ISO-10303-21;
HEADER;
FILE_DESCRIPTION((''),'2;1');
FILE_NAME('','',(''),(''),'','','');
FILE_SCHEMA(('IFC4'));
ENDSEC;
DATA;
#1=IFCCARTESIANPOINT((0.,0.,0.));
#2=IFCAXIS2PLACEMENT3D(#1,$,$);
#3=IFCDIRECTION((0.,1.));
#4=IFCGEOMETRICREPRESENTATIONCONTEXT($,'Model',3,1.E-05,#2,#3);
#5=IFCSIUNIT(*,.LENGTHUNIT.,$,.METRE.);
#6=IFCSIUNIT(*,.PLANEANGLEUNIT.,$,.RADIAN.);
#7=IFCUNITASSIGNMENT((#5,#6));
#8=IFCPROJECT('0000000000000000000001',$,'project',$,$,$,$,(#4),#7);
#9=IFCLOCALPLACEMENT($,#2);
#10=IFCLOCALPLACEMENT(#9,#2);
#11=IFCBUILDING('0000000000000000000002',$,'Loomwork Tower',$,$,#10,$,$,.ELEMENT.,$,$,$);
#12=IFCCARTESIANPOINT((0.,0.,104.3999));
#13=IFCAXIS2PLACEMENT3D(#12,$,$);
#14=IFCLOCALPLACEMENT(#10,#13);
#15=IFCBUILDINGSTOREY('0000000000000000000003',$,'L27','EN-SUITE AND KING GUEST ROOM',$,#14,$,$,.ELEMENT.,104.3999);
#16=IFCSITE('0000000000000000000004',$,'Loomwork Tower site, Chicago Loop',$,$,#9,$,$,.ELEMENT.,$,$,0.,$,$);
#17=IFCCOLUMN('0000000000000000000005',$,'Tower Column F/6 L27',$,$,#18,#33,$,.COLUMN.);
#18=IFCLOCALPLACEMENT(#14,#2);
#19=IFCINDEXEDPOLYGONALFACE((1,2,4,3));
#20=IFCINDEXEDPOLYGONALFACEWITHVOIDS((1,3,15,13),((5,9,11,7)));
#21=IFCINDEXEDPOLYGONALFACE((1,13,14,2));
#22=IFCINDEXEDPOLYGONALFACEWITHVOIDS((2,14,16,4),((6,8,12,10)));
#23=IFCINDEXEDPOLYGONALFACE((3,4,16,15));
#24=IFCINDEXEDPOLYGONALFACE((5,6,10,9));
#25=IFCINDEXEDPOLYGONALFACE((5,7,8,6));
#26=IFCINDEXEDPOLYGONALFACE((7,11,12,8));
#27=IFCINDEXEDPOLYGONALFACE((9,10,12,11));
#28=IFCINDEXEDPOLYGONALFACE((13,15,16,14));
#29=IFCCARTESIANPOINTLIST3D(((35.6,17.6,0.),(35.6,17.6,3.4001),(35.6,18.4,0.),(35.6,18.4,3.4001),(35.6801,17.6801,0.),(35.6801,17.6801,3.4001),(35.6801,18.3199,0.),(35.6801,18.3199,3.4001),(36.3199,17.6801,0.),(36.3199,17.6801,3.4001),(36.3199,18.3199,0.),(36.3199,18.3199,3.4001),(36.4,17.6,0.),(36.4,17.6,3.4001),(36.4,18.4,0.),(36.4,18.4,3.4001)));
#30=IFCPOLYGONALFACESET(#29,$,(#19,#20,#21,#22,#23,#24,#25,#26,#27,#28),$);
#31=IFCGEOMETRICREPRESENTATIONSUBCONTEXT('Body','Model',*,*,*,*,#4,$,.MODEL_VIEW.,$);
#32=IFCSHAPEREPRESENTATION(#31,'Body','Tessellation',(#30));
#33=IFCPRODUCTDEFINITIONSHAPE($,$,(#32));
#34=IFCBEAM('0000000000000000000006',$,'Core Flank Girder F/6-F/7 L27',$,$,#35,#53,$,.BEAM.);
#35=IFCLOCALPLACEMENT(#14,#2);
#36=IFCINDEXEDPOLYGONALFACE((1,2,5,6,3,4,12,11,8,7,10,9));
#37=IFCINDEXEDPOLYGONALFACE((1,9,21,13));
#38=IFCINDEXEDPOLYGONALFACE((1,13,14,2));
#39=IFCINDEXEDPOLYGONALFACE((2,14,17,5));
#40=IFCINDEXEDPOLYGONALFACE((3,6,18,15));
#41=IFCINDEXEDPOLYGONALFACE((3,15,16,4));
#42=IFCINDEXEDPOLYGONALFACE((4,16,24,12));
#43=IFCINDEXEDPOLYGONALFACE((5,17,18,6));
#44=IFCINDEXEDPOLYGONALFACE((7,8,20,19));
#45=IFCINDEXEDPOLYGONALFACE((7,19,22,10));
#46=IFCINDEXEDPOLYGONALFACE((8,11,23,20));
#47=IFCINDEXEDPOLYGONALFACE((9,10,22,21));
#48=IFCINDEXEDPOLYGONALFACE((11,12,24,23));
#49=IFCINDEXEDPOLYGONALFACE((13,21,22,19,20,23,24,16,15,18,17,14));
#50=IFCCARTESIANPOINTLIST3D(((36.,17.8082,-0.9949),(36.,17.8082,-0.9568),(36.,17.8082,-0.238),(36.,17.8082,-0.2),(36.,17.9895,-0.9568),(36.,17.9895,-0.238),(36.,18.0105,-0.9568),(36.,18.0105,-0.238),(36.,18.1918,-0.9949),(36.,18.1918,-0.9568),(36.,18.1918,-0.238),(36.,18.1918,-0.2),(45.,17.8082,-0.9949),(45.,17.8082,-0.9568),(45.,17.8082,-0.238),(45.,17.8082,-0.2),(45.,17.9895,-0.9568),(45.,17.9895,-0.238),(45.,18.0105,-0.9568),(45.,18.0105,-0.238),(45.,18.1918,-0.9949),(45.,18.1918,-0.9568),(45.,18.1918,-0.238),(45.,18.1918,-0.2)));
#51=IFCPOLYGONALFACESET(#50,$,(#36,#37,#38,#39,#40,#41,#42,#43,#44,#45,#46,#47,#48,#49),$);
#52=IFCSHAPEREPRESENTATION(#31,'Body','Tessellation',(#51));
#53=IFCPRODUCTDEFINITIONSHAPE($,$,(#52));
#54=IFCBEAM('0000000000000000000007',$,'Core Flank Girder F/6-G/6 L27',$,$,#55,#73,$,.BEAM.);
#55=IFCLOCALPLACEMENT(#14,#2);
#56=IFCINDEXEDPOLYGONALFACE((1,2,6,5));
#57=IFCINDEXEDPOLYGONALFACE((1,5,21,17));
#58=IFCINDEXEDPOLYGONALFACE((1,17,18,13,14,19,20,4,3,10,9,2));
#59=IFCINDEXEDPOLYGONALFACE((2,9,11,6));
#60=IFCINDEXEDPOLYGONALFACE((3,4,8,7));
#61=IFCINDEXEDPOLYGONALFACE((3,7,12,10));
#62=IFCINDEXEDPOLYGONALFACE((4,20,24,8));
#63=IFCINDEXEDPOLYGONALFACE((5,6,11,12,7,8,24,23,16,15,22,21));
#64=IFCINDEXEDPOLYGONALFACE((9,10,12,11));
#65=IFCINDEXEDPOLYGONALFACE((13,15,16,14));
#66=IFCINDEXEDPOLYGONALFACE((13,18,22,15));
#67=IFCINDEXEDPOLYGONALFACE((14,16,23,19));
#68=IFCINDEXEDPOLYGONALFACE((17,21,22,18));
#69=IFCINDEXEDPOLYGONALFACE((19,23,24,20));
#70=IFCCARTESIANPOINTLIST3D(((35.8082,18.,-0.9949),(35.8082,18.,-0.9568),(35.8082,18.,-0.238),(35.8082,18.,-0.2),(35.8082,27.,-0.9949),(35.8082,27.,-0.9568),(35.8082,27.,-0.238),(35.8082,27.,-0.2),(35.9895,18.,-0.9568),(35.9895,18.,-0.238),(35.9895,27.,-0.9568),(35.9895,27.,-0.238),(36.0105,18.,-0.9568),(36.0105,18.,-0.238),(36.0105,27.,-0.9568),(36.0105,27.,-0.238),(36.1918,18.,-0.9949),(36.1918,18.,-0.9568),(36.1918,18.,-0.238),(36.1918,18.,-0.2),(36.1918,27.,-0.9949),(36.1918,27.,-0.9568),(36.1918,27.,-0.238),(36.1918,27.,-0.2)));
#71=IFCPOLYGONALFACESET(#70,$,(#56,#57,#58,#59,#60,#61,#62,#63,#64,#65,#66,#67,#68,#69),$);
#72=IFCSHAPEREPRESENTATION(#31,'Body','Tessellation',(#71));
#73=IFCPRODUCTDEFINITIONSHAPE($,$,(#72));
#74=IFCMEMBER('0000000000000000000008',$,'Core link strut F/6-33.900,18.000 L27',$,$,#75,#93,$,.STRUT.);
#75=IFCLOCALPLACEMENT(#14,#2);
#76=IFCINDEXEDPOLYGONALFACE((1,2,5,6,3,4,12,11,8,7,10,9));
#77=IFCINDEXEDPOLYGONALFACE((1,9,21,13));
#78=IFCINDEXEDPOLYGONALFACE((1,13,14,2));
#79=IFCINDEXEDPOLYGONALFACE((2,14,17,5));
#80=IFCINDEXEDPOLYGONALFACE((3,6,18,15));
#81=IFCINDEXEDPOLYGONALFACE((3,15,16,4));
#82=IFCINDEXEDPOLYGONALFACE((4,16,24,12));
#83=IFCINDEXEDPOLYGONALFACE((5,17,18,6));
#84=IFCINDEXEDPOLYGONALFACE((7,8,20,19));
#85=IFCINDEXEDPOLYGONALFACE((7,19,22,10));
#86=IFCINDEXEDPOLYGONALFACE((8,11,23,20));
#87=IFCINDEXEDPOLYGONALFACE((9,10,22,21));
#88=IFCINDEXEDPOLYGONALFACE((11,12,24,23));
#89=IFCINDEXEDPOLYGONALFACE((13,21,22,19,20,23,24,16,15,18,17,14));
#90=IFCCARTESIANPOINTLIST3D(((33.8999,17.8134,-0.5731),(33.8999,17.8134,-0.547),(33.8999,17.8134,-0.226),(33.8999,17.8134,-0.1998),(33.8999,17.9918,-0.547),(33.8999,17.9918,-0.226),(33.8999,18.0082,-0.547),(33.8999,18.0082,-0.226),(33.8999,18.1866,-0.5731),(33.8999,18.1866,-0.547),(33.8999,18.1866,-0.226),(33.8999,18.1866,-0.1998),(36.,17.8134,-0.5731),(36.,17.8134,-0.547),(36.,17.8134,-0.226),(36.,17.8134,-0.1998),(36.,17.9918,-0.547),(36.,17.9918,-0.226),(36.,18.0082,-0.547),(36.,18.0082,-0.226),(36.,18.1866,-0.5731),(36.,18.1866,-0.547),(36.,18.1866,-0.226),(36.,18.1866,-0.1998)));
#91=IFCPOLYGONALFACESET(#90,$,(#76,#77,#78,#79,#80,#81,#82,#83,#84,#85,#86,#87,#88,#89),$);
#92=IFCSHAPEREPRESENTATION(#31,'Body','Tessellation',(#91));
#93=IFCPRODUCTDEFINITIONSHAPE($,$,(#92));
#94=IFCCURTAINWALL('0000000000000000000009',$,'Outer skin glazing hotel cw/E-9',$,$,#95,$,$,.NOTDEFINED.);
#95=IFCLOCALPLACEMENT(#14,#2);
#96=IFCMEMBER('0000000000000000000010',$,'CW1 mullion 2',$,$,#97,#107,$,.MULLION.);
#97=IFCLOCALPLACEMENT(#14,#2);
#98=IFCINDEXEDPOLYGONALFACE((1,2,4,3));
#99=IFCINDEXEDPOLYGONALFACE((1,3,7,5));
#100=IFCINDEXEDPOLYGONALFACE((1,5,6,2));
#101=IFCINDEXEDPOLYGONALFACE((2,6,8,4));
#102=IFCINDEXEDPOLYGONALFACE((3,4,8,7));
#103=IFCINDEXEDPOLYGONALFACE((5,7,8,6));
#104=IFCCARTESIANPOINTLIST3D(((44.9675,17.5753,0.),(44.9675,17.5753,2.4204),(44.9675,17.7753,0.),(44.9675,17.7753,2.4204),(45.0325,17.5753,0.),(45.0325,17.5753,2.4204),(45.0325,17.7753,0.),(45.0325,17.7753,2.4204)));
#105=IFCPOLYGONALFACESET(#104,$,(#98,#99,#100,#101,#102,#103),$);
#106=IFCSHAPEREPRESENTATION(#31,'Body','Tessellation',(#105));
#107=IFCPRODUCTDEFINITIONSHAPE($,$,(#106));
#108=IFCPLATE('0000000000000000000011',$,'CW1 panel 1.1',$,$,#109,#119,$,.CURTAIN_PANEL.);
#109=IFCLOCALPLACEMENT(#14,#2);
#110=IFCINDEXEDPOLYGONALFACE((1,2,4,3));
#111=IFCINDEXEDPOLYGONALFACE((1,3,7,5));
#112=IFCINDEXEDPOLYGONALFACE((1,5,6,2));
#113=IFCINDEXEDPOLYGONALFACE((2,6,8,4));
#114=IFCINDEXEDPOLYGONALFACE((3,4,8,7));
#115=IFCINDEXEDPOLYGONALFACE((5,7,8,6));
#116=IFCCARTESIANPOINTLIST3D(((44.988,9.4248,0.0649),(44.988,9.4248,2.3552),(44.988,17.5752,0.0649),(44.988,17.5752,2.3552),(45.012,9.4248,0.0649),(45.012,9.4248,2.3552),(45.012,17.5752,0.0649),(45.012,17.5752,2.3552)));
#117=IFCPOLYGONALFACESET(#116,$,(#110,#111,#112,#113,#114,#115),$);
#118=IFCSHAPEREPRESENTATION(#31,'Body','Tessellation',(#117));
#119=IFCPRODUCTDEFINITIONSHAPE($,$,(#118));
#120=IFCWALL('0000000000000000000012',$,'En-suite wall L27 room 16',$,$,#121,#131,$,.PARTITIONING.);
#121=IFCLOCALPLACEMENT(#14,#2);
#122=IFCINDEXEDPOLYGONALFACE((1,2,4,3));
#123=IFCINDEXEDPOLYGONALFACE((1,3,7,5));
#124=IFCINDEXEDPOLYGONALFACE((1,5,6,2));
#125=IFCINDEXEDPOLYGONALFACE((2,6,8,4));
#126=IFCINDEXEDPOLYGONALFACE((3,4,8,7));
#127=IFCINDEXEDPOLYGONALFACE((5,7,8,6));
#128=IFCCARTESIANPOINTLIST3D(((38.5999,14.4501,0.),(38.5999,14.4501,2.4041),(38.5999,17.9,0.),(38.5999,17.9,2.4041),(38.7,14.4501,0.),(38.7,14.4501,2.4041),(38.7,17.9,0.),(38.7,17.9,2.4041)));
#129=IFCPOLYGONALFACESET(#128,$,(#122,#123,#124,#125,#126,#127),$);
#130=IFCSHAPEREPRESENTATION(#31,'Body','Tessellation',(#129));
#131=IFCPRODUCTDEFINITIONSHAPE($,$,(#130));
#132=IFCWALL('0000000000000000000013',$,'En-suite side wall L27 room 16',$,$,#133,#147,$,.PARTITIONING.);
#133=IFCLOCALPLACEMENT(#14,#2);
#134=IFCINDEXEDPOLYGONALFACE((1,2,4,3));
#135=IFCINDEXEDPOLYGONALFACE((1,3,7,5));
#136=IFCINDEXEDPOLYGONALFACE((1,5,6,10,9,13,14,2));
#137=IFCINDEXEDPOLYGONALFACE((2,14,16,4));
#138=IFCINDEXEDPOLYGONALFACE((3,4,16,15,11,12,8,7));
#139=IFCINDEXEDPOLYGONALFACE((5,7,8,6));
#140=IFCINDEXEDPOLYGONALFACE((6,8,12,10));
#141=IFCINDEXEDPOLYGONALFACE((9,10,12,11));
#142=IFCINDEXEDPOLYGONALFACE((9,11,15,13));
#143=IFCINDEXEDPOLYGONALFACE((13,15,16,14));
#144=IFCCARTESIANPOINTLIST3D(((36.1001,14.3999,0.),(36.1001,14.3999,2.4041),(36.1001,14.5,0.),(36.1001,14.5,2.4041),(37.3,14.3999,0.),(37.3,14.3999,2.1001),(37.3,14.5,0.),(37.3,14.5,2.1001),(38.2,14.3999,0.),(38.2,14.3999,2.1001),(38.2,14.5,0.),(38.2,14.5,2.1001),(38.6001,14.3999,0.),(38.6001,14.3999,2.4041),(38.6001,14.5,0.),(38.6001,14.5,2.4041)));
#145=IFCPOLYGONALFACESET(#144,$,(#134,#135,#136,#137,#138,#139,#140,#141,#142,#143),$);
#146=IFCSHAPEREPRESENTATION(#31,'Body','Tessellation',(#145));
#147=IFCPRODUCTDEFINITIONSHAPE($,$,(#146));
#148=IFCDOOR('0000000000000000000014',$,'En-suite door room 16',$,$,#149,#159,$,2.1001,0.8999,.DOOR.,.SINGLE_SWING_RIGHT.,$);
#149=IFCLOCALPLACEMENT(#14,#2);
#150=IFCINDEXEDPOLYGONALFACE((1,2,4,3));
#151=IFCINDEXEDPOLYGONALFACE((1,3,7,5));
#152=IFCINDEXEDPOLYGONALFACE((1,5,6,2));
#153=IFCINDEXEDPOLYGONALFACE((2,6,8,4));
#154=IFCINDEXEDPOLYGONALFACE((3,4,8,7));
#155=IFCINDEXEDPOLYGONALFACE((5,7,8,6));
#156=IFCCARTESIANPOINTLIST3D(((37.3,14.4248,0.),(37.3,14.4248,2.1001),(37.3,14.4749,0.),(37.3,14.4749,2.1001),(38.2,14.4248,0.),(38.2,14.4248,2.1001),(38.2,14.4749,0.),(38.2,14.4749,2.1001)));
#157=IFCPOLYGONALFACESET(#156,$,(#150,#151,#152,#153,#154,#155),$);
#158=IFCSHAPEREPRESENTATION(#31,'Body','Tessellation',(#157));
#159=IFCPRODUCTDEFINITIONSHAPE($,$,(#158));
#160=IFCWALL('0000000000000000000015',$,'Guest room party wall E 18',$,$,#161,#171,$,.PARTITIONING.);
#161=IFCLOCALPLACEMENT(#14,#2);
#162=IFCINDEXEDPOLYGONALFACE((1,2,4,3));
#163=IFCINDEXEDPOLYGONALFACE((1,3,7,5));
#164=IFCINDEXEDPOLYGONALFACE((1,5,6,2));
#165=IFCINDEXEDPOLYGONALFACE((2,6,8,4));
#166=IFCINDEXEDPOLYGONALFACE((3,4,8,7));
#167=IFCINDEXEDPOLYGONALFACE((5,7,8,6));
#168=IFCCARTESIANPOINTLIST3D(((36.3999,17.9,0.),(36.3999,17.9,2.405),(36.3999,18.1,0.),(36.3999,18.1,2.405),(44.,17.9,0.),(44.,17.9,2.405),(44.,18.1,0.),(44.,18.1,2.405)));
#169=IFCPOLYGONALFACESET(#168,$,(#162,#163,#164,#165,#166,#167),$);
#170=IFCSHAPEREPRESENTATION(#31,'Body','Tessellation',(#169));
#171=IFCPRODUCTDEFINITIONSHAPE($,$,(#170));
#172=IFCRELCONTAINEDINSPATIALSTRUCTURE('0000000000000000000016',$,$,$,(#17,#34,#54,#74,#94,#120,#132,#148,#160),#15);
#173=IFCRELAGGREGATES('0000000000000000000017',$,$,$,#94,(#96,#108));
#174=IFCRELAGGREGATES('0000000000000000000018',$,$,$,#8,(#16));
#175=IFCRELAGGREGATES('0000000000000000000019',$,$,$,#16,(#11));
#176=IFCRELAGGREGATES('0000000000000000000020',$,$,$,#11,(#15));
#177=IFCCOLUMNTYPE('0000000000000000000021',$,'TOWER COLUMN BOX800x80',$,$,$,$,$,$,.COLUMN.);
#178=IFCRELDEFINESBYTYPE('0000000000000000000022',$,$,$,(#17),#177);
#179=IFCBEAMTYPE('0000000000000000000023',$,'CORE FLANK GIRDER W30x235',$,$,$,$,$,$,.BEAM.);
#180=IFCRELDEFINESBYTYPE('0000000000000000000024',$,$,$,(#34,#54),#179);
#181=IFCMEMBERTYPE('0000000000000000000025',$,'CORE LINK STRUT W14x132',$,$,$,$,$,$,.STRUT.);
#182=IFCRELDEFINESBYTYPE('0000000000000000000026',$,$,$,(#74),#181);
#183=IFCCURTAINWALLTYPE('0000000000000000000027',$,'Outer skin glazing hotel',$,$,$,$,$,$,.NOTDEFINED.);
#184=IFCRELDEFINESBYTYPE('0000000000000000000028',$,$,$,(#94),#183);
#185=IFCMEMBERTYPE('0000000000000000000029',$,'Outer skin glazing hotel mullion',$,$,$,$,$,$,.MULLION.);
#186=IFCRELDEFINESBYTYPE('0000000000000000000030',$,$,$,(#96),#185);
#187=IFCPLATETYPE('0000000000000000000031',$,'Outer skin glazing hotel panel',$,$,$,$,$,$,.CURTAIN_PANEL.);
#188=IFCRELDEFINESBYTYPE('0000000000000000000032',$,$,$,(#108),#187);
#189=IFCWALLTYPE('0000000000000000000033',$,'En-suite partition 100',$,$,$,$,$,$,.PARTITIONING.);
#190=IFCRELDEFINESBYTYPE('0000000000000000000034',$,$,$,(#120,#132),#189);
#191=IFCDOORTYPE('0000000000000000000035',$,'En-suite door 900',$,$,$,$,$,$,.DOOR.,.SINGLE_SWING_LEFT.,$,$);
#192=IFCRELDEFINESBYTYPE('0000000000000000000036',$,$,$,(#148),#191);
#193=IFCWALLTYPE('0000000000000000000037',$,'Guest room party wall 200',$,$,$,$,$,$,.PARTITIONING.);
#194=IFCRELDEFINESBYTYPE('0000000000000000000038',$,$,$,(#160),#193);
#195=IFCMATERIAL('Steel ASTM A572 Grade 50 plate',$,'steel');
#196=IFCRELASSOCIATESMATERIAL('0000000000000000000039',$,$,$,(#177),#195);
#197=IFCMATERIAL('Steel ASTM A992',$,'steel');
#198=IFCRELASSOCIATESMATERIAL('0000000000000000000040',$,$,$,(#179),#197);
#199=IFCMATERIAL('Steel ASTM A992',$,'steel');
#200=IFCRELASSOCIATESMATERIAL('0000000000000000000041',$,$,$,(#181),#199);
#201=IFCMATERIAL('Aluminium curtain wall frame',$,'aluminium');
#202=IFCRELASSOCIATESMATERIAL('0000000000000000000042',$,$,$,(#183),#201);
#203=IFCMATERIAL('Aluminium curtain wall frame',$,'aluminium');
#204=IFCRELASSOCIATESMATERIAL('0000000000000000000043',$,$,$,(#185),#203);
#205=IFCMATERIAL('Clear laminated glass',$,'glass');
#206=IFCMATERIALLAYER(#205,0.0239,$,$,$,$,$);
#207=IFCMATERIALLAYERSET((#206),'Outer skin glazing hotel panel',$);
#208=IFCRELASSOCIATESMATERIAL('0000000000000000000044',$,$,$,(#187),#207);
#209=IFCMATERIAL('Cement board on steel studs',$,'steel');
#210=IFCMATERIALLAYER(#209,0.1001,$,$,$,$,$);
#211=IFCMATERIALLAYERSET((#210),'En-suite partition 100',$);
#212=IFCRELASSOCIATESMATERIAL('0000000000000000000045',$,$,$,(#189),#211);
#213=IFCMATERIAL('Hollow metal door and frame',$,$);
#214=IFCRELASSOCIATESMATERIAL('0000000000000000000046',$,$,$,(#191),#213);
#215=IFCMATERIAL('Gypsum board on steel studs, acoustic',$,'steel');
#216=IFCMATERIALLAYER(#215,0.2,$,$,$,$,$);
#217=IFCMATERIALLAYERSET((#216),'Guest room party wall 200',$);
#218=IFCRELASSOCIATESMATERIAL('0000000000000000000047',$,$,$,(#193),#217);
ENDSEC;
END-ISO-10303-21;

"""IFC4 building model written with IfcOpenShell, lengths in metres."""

from ifc_helpers import new_model, si_unit, direction, frame, frame_2d, origin, origin_2d, place, context, subcontext, project, spatial, rectangle, hollow_rectangle, i_section, extrude, material, layer, layer_set, material_profile, profile_set, type_object, element, fill, aggregate, save


model = new_model("IFC4")

# Units and contexts
model_context = context("Model", 3, precision=1e-05, world=origin(), true_north=direction((0.0, 1.0)))
body_context = subcontext(model_context, "Body", "Model", "MODEL_VIEW")
ifc_project = project(units=[si_unit("LENGTHUNIT", "METRE"), si_unit("PLANEANGLEUNIT", "RADIAN")], contexts=[model_context])

# Site, building, storey
site_placement = place(None, origin())
site = spatial("IfcSite", under=ifc_project, at=site_placement, Name="Loomwork Tower site, Chicago Loop", CompositionType="ELEMENT", RefElevation=0.0)
building_placement = place(site_placement, origin())
building = spatial("IfcBuilding", under=site, at=building_placement, Name="Loomwork Tower", CompositionType="ELEMENT")
storey_placement = place(building_placement, frame((0.0, 0.0, 104.3999)))
storey = spatial("IfcBuildingStorey", under=building, at=storey_placement, Name="L27", Description="EN-SUITE AND KING GUEST ROOM", CompositionType="ELEMENT", Elevation=104.3999)

# Column
ifc_material_1 = material(Name="Steel ASTM A572 Grade 50 plate", Category="steel")
ifc_material_profile_1 = material_profile(ifc_material_1, hollow_rectangle(XDim=0.8, YDim=0.8, WallThickness=0.0801, at=origin_2d()), Name="BOX800x80")
ifc_profile_set_1 = profile_set([ifc_material_profile_1], Name="Steel ASTM A572 Grade 50 plate")
column_type = type_object("IfcColumnType", Name="TOWER COLUMN BOX800x80", PredefinedType="COLUMN", material=ifc_profile_set_1)
column_placement = place(storey_placement, frame((36.0, 18.0, 0.0), z_axis=(0.0, 0.0, 1.0), x_axis=(0.0, 1.0, 0.0)))
element("IfcColumn", 1, at=column_placement, inside=storey, type_object=column_type, Name="Tower Column F/6 L27", PredefinedType="COLUMN", context=body_context, shape_type="SweptSolid", body=[
    extrude(hollow_rectangle(XDim=0.8, YDim=0.8, WallThickness=0.0801, at=origin_2d()), origin(), (0.0, 0.0, 1.0), 3.4001),
])

# Beams
ifc_material_2 = material(Name="Steel ASTM A992", Category="steel")
ifc_material_profile_2 = material_profile(ifc_material_2, i_section(OverallWidth=0.3835, OverallDepth=0.7949, WebThickness=0.021, FlangeThickness=0.0381, at=origin_2d()), Name="W30x235")
ifc_profile_set_2 = profile_set([ifc_material_profile_2], Name="Steel ASTM A992")
beam_type = type_object("IfcBeamType", Name="CORE FLANK GIRDER W30x235", PredefinedType="BEAM", material=ifc_profile_set_2)
for number, where, z_axis, x_axis, name in (
    (2, (36.0, 18.0, -0.5974), (1.0, 0.0, 0.0), (0.0, 1.0, 0.0), "Core Flank Girder F/6-F/7 L27"),
    (3, (36.0, 18.0, -0.5974), (0.0, 1.0, 0.0), (-1.0, 0.0, 0.0), "Core Flank Girder F/6-G/6 L27"),
):
    element("IfcBeam", number, at=place(storey_placement, frame(where, z_axis=z_axis, x_axis=x_axis)), inside=storey, type_object=beam_type, Name=name, PredefinedType="BEAM", context=body_context, shape_type="SweptSolid", body=[
        extrude(i_section(OverallWidth=0.3835, OverallDepth=0.7949, WebThickness=0.021, FlangeThickness=0.0381, at=origin_2d()), origin(), (0.0, 0.0, 1.0), 9.0),
    ])

# Member
ifc_material_3 = material(Name="Steel ASTM A992", Category="steel")
ifc_material_profile_3 = material_profile(ifc_material_3, i_section(OverallWidth=0.3733, OverallDepth=0.3733, WebThickness=0.0164, FlangeThickness=0.0261, at=origin_2d()), Name="W14x132")
ifc_profile_set_3 = profile_set([ifc_material_profile_3], Name="Steel ASTM A992")
member_type_1 = type_object("IfcMemberType", Name="CORE LINK STRUT W14x132", PredefinedType="STRUT", material=ifc_profile_set_3)
member_1_placement = place(storey_placement, frame((36.0, 18.0, -0.3865), z_axis=(-1.0, 0.0, 0.0), x_axis=(0.0, -1.0, 0.0)))
element("IfcMember", 4, at=member_1_placement, inside=storey, type_object=member_type_1, Name="Core link strut F/6-33.900,18.000 L27", PredefinedType="STRUT", context=body_context, shape_type="SweptSolid", body=[
    extrude(i_section(OverallWidth=0.3733, OverallDepth=0.3733, WebThickness=0.0164, FlangeThickness=0.0261, at=origin_2d()), origin(), (0.0, 0.0, 1.0), 2.1001),
])

# Curtain wall, member, plate
ifc_material_4 = material(Name="Aluminium curtain wall frame", Category="aluminium")
curtain_wall_type = type_object("IfcCurtainWallType", Name="Outer skin glazing hotel", PredefinedType="NOTDEFINED", material=ifc_material_4)
curtain_wall_placement = place(storey_placement, origin())
curtain_wall = element("IfcCurtainWall", 5, at=curtain_wall_placement, inside=storey, type_object=curtain_wall_type, Name="Outer skin glazing hotel cw/E-9", PredefinedType="NOTDEFINED")
ifc_material_5 = material(Name="Aluminium curtain wall frame", Category="aluminium")
ifc_material_profile_4 = material_profile(ifc_material_5, rectangle(XDim=0.0649, YDim=0.2, at=origin_2d()), Name="AL 65x200")
ifc_profile_set_4 = profile_set([ifc_material_profile_4], Name="Aluminium curtain wall frame")
member_type_2 = type_object("IfcMemberType", Name="Outer skin glazing hotel mullion", PredefinedType="MULLION", material=ifc_profile_set_4)
member_2_placement = place(storey_placement, frame((45.0, 17.6753, 0.0), z_axis=(0.0, 0.0, 1.0), x_axis=(-1.0, 0.0, 0.0)))
member_2 = element("IfcMember", 6, at=member_2_placement, type_object=member_type_2, Name="CW1 mullion 2", PredefinedType="MULLION", context=body_context, shape_type="SweptSolid", body=[
    extrude(rectangle(XDim=0.0649, YDim=0.2, at=origin_2d()), origin(), (0.0, 0.0, 1.0), 2.4204),
])
ifc_material_6 = material(Name="Clear laminated glass", Category="glass")
ifc_layer_1 = layer(ifc_material_6, 0.0239)
ifc_layer_set_1 = layer_set([ifc_layer_1], Name="Outer skin glazing hotel panel")
plate_type = type_object("IfcPlateType", Name="Outer skin glazing hotel panel", PredefinedType="CURTAIN_PANEL", material=ifc_layer_set_1)
plate_placement = place(storey_placement, frame((45.0, 13.5, 0.0649), z_axis=(0.0, 0.0, 1.0), x_axis=(0.0, 1.0, 0.0)))
plate = element("IfcPlate", 7, at=plate_placement, type_object=plate_type, Name="CW1 panel 1.1", PredefinedType="CURTAIN_PANEL", context=body_context, shape_type="SweptSolid", body=[
    extrude(rectangle(XDim=8.1504, YDim=0.0239, at=origin_2d()), origin(), (0.0, 0.0, 1.0), 2.2903),
])
aggregate(curtain_wall, [member_2, plate])

# Wall
ifc_material_7 = material(Name="Cement board on steel studs", Category="steel")
ifc_layer_2 = layer(ifc_material_7, 0.1001)
ifc_layer_set_2 = layer_set([ifc_layer_2], Name="En-suite partition 100")
wall_type_1 = type_object("IfcWallType", Name="En-suite partition 100", PredefinedType="PARTITIONING", material=ifc_layer_set_2)
wall_1_placement = place(storey_placement, frame((38.6499, 14.45, 0.0), z_axis=(0.0, 0.0, 1.0), x_axis=(0.0, 1.0, 0.0)))
element("IfcWall", 8, at=wall_1_placement, inside=storey, type_object=wall_type_1, Name="En-suite wall L27 room 16", PredefinedType="PARTITIONING", context=body_context, shape_type="SweptSolid", body=[
    extrude(rectangle(XDim=3.45, YDim=0.1001, at=frame_2d((1.7251, 0.0))), origin(), (0.0, 0.0, 1.0), 2.4041),
])

# Wall, opening, door
wall_2_placement = place(storey_placement, frame((36.1001, 14.45, 0.0), z_axis=(0.0, 0.0, 1.0), x_axis=(1.0, 0.0, 0.0)))
wall_2 = element("IfcWall", 9, at=wall_2_placement, inside=storey, type_object=wall_type_1, Name="En-suite side wall L27 room 16", PredefinedType="PARTITIONING", context=body_context, shape_type="SweptSolid", body=[
    extrude(rectangle(XDim=2.5, YDim=0.1001, at=frame_2d((1.25, 0.0))), origin(), (0.0, 0.0, 1.0), 2.4041),
])
opening_placement = place(wall_2_placement, frame((1.2, 0.0, 0.0)))
opening = element("IfcOpeningElement", 10, at=opening_placement, cuts=wall_2, PredefinedType="OPENING", context=body_context, shape_type="SweptSolid", body=[
    extrude(rectangle(XDim=0.8999, YDim=2.1001, at=frame_2d((0.45, 1.05))), frame((0.0, 0.0601, 0.0), z_axis=(0.0, -1.0, 0.0), x_axis=(1.0, 0.0, 0.0)), (0.0, 0.0, 1.0), 0.1201),
])
ifc_material_8 = material(Name="Hollow metal door and frame")
door_type = type_object("IfcDoorType", Name="En-suite door 900", OperationType="SINGLE_SWING_LEFT", PredefinedType="DOOR", material=ifc_material_8)
door_placement = place(opening_placement, origin())
door = element("IfcDoor", 11, at=door_placement, inside=storey, type_object=door_type, Name="En-suite door room 16", OperationType="SINGLE_SWING_RIGHT", OverallHeight=2.1001, OverallWidth=0.8999, PredefinedType="DOOR", context=body_context, shape_type="SweptSolid", body=[
    extrude(rectangle(XDim=0.8999, YDim=2.1001, at=frame_2d((0.45, 1.05))), frame((0.0, 0.0249, 0.0), z_axis=(0.0, -1.0, 0.0), x_axis=(1.0, 0.0, 0.0)), (0.0, 0.0, 1.0), 0.05),
])
fill(opening, door)

# Wall
ifc_material_9 = material(Name="Gypsum board on steel studs, acoustic", Category="steel")
ifc_layer_3 = layer(ifc_material_9, 0.2)
ifc_layer_set_3 = layer_set([ifc_layer_3], Name="Guest room party wall 200")
wall_type_2 = type_object("IfcWallType", Name="Guest room party wall 200", PredefinedType="PARTITIONING", material=ifc_layer_set_3)
wall_3_placement = place(storey_placement, frame((36.3999, 18.0, 0.0), z_axis=(0.0, 0.0, 1.0), x_axis=(1.0, 0.0, 0.0)))
element("IfcWall", 12, at=wall_3_placement, inside=storey, type_object=wall_type_2, Name="Guest room party wall E 18", PredefinedType="PARTITIONING", context=body_context, shape_type="SweptSolid", body=[
    extrude(rectangle(XDim=7.6001, YDim=0.2, at=frame_2d((3.8, 0.0))), origin(), (0.0, 0.0, 1.0), 2.405),
])

save(model, "model.ifc")
